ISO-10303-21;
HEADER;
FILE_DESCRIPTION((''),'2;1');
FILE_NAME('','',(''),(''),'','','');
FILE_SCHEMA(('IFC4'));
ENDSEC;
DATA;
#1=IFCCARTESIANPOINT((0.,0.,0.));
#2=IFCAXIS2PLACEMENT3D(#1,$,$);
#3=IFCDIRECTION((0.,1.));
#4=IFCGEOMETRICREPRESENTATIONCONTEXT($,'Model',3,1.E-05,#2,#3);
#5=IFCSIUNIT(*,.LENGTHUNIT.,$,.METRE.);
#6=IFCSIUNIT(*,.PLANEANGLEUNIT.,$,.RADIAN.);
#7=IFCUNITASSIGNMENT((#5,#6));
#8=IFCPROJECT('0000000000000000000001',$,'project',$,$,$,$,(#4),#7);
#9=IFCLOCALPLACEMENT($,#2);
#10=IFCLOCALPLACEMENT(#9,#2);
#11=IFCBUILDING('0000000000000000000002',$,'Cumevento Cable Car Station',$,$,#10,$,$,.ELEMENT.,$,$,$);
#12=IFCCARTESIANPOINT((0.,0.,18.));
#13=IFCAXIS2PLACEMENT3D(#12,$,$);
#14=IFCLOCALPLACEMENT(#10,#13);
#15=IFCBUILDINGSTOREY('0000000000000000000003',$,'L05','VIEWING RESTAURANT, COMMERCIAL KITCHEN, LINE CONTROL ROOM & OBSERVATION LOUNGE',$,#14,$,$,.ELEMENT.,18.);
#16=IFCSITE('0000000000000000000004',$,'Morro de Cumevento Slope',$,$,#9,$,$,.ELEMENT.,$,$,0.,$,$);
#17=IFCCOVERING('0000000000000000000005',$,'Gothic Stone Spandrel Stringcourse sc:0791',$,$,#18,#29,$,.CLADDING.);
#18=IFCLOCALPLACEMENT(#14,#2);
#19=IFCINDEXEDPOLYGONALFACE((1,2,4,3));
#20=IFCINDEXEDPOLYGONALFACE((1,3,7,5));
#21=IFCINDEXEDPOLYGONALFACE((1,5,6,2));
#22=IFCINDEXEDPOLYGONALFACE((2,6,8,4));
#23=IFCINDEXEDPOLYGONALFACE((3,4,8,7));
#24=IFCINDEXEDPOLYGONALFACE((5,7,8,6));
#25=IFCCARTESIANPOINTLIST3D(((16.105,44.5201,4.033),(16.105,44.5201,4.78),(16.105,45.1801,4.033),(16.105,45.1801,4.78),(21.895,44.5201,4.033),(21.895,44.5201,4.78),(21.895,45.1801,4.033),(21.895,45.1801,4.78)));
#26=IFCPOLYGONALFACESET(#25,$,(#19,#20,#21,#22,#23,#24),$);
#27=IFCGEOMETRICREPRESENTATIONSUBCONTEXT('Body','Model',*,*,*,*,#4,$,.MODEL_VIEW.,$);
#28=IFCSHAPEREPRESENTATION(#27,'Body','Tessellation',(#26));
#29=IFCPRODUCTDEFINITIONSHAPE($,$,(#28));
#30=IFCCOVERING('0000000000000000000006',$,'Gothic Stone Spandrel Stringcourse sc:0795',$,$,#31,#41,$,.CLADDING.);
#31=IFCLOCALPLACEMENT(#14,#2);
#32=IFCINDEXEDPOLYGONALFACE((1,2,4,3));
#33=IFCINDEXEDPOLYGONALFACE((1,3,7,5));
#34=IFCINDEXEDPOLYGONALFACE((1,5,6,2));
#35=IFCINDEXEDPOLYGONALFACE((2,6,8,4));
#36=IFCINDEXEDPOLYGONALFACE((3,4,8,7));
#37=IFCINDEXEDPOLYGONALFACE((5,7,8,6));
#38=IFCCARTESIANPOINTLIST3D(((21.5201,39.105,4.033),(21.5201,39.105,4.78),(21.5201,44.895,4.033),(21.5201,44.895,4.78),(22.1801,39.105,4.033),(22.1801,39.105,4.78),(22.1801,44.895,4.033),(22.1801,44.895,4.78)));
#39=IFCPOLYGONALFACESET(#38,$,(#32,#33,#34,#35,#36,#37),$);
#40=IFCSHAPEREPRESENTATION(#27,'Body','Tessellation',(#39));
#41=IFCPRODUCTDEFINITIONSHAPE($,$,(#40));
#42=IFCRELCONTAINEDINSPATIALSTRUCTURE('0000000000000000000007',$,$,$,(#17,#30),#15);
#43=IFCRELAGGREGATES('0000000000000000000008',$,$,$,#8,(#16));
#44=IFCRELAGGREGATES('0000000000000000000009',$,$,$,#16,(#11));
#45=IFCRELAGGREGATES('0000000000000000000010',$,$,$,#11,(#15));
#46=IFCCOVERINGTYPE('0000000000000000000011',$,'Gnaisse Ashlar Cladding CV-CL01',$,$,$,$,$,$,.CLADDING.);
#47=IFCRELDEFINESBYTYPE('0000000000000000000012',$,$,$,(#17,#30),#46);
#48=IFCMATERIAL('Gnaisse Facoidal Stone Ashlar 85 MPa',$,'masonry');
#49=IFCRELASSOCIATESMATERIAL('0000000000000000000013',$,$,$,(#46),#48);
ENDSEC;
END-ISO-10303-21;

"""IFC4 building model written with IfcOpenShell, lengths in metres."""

from ifc_helpers import new_model, si_unit, direction, frame, origin, origin_2d, place, context, subcontext, project, spatial, rectangle, extrude, material, type_object, element, save


model = new_model("IFC4")

# Units and contexts
model_context = context("Model", 3, precision=1e-05, world=origin(), true_north=direction((0.0, 1.0)))
body_context = subcontext(model_context, "Body", "Model", "MODEL_VIEW")
ifc_project = project(units=[si_unit("LENGTHUNIT", "METRE"), si_unit("PLANEANGLEUNIT", "RADIAN")], contexts=[model_context])

# Site, building, storey
site_placement = place(None, origin())
site = spatial("IfcSite", under=ifc_project, at=site_placement, Name="Morro de Cumevento Slope", CompositionType="ELEMENT", RefElevation=0.0)
building_placement = place(site_placement, origin())
building = spatial("IfcBuilding", under=site, at=building_placement, Name="Cumevento Cable Car Station", CompositionType="ELEMENT")
storey_placement = place(building_placement, frame((0.0, 0.0, 18.0)))
storey = spatial("IfcBuildingStorey", under=building, at=storey_placement, Name="L05", Description="VIEWING RESTAURANT, COMMERCIAL KITCHEN, LINE CONTROL ROOM & OBSERVATION LOUNGE", CompositionType="ELEMENT", Elevation=18.0)

# Coverings
ifc_material_1 = material(Name="Gnaisse Facoidal Stone Ashlar 85 MPa", Category="masonry")
covering_type = type_object("IfcCoveringType", Name="Gnaisse Ashlar Cladding CV-CL01", PredefinedType="CLADDING", material=ifc_material_1)
for number, where, z_axis, x_axis, name in (
    (1, (19.0, 44.8501, 4.033), (0.0, 0.0, 1.0), (1.0, 0.0, 0.0), "Gothic Stone Spandrel Stringcourse sc:0791"),
    (2, (21.8501, 42.0, 4.033), (0.0, 0.0, 1.0), (0.0, -1.0, 0.0), "Gothic Stone Spandrel Stringcourse sc:0795"),
):
    element("IfcCovering", number, at=place(storey_placement, frame(where, z_axis=z_axis, x_axis=x_axis)), inside=storey, type_object=covering_type, Name=name, PredefinedType="CLADDING", context=body_context, shape_type="SweptSolid", body=[
        extrude(rectangle(XDim=5.79, YDim=0.6599, at=origin_2d()), origin(), (0.0, 0.0, 1.0), 0.7471),
    ])

save(model, "model.ifc")
